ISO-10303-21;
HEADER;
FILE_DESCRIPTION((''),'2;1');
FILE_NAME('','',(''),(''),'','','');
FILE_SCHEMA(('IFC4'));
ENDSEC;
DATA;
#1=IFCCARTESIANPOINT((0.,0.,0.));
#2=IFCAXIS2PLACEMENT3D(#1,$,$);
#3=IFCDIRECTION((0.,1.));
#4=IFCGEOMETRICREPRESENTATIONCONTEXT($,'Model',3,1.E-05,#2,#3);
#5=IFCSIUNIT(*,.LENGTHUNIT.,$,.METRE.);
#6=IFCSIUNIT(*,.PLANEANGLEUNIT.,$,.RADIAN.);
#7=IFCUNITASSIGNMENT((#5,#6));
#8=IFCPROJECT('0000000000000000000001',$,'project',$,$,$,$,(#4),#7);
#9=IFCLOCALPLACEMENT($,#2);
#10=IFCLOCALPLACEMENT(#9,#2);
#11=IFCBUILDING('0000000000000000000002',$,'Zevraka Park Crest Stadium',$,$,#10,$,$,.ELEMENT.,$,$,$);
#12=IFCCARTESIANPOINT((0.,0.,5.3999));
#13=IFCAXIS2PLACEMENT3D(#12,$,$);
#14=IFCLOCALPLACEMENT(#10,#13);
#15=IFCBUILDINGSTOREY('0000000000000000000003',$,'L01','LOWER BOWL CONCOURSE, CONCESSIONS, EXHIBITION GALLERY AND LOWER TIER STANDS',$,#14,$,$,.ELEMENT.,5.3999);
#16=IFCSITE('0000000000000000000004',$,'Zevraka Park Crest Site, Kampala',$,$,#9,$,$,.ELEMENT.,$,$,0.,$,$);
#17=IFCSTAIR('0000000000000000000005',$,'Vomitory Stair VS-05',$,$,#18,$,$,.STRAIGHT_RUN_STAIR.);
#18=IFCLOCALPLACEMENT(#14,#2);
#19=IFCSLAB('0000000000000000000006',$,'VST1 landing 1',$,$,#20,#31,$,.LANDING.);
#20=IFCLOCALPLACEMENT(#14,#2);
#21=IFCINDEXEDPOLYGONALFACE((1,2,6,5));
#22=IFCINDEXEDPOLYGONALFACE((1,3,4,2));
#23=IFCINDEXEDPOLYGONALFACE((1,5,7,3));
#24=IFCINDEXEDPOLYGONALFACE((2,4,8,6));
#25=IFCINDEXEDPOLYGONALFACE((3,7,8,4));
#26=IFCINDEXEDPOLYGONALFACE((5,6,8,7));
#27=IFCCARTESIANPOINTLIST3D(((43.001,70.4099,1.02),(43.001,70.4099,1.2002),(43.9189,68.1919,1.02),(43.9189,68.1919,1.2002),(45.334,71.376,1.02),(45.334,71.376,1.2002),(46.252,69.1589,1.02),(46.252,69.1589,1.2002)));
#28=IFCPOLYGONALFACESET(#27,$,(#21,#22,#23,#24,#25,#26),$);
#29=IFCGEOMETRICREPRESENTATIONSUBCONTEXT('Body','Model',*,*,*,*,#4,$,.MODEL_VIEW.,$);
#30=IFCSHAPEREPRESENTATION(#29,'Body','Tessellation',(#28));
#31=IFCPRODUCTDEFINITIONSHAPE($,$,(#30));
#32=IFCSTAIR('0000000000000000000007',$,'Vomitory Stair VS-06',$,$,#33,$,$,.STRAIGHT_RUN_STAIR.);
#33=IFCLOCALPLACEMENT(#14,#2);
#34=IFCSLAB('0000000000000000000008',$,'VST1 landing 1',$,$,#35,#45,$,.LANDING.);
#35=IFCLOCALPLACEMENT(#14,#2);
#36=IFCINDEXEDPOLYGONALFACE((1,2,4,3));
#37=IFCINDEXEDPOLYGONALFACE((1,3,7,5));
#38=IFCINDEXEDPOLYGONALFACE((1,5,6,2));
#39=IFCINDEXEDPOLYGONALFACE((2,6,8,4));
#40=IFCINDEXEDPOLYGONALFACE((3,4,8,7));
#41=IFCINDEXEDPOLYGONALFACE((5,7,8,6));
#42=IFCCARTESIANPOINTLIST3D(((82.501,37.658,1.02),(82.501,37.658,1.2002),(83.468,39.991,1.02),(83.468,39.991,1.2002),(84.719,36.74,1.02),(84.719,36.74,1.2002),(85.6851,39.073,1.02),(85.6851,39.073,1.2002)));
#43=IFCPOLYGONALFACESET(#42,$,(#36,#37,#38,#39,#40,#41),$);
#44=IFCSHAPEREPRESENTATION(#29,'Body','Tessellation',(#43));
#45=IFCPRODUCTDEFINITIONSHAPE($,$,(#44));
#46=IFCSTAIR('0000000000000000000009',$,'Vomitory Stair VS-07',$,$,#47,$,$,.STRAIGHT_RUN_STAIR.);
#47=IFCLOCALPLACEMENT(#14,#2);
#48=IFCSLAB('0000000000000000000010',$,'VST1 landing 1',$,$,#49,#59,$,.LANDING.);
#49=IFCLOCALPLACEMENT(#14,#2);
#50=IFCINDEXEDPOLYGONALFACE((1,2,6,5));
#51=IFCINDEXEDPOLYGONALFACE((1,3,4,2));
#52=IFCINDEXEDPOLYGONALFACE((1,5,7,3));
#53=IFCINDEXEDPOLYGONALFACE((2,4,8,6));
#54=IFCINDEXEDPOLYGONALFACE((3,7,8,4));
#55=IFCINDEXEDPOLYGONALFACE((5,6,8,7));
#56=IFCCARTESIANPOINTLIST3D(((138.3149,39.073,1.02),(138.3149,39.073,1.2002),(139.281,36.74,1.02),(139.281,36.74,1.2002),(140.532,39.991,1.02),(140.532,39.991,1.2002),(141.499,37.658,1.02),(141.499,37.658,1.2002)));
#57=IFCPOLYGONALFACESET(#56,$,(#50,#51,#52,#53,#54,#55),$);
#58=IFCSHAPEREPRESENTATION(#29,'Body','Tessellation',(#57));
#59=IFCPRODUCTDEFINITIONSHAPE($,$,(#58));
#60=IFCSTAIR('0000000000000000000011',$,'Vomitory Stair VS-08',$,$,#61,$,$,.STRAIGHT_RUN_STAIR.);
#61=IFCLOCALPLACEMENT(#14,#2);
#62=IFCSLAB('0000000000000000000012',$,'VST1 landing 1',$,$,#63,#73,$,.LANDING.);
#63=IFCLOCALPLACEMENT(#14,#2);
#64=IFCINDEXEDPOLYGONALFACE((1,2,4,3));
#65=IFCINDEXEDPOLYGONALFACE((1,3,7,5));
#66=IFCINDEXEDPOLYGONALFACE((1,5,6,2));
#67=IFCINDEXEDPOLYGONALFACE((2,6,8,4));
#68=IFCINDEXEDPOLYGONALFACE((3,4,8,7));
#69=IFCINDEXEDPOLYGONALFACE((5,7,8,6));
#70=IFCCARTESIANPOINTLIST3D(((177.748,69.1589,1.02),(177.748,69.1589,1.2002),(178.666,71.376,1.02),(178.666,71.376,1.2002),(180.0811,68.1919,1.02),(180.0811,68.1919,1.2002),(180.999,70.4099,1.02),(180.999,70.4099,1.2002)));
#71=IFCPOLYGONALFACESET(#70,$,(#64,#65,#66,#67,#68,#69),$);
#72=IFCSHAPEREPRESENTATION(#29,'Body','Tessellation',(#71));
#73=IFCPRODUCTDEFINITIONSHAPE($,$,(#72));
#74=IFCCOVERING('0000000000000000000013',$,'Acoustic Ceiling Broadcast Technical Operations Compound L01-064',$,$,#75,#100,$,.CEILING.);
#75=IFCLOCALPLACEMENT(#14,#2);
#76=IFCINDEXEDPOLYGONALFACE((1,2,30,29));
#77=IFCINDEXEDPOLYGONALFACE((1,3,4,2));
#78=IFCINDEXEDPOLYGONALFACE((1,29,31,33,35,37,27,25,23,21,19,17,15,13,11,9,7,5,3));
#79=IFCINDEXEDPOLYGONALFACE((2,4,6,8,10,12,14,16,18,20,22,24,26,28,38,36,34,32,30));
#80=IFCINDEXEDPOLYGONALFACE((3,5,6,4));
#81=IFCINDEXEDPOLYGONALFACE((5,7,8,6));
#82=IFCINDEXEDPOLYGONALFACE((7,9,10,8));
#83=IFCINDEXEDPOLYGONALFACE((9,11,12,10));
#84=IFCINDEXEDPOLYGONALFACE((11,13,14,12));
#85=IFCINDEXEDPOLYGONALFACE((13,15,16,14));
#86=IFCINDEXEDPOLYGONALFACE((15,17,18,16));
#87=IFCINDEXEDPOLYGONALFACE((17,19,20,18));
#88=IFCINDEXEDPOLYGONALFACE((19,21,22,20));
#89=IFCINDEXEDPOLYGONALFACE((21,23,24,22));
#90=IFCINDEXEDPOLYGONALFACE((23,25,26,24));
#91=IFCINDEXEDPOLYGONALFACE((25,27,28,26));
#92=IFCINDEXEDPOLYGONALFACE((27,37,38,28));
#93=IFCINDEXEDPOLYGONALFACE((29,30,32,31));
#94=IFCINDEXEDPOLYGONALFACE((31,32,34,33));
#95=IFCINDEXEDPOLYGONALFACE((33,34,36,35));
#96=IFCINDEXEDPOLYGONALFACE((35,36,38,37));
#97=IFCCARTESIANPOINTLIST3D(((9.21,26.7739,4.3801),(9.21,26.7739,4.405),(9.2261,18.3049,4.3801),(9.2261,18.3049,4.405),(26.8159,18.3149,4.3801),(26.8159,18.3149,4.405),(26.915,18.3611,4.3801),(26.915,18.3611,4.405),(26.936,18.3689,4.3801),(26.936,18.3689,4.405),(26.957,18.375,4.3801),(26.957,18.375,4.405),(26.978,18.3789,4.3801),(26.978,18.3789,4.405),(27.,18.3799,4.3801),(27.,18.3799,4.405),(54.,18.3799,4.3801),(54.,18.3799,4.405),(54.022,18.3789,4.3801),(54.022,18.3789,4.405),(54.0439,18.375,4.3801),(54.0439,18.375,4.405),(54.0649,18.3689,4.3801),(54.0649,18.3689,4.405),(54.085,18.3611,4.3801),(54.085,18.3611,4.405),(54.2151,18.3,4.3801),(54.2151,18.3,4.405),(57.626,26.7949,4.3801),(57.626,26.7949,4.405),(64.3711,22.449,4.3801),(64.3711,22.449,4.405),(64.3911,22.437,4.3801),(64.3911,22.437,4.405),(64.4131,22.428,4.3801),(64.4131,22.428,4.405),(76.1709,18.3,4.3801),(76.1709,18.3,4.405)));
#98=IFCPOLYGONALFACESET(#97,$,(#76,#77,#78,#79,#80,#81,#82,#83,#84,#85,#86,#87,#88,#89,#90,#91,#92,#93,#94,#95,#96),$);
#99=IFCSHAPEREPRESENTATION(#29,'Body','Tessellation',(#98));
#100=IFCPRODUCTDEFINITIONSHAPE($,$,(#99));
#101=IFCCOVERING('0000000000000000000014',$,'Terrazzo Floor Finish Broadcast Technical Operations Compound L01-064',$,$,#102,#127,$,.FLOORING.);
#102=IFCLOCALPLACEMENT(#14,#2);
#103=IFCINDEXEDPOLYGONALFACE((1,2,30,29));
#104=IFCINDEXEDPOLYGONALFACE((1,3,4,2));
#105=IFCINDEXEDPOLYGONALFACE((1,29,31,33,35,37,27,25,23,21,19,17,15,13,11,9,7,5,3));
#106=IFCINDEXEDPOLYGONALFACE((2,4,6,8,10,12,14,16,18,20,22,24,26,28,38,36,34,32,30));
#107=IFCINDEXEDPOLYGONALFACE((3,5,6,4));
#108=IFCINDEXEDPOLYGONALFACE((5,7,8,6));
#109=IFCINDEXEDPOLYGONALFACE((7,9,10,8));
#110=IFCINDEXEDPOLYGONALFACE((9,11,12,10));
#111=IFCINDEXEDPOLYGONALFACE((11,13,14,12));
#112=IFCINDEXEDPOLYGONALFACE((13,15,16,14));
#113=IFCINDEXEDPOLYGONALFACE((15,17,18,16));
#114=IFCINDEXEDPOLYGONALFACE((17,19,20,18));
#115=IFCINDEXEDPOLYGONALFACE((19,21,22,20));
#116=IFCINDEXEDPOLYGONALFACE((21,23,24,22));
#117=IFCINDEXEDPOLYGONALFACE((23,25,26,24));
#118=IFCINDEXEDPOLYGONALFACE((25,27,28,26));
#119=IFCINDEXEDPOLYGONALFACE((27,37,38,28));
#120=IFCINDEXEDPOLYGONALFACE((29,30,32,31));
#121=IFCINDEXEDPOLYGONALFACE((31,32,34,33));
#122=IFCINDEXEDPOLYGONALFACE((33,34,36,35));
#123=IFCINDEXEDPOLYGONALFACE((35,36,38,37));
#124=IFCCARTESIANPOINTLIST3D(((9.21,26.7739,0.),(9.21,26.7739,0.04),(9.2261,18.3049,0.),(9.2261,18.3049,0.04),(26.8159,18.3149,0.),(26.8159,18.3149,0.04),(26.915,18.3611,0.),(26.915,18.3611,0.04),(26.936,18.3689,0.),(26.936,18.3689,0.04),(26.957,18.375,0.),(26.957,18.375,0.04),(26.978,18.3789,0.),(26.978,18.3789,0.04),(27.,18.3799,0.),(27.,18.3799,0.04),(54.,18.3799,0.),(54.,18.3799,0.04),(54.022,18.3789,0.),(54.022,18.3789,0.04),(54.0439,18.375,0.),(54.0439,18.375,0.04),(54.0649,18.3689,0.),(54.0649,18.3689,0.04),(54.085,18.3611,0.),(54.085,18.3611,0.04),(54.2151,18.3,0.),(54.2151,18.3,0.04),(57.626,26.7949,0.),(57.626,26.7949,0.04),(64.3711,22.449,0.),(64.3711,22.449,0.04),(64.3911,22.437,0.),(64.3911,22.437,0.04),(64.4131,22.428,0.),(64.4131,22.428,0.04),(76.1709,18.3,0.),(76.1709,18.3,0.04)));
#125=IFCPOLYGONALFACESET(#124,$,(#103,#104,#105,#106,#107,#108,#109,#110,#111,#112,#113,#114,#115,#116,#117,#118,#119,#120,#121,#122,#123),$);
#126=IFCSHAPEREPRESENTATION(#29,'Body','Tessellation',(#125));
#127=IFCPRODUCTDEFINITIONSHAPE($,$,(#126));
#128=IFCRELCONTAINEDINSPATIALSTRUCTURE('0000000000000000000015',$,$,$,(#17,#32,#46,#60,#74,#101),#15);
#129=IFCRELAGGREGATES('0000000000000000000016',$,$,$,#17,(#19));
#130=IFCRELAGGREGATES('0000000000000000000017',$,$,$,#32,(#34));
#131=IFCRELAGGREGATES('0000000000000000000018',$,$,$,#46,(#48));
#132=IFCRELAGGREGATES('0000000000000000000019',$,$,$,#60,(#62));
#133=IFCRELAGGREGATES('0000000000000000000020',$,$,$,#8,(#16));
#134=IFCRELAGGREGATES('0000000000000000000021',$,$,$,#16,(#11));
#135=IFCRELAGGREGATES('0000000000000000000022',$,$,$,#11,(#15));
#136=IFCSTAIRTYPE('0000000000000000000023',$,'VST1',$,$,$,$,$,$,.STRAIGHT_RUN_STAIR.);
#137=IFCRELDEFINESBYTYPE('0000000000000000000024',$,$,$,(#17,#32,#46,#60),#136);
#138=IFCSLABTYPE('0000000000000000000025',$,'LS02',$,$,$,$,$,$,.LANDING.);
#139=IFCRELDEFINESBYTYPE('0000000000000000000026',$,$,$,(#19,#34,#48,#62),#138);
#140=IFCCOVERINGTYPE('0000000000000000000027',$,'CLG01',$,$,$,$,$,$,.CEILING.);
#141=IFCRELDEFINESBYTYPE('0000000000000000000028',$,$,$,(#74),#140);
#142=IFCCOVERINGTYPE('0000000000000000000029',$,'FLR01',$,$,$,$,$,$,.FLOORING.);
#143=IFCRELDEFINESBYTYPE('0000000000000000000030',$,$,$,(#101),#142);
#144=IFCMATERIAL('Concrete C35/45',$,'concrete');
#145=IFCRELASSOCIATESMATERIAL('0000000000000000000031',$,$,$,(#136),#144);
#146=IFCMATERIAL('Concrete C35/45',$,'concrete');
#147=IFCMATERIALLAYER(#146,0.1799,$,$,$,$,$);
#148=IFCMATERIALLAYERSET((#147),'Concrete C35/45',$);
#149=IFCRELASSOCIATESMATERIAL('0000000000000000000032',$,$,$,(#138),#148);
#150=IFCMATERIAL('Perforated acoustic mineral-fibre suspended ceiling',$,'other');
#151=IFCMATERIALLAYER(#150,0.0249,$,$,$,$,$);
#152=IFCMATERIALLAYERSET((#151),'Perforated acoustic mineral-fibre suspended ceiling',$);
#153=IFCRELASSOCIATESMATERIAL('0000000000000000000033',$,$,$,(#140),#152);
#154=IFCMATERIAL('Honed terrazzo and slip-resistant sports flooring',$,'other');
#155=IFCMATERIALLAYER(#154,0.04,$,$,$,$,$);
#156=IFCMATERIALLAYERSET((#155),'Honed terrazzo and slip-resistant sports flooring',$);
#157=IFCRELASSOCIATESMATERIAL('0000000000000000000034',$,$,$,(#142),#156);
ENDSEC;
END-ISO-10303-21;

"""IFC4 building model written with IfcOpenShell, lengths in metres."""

from ifc_helpers import new_model, si_unit, direction, frame, origin, place, context, subcontext, project, spatial, polyline, outline, extrude, material, layer, layer_set, type_object, element, aggregate, save


model = new_model("IFC4")

# Units and contexts
model_context = context("Model", 3, precision=1e-05, world=origin(), true_north=direction((0.0, 1.0)))
body_context = subcontext(model_context, "Body", "Model", "MODEL_VIEW")
ifc_project = project(units=[si_unit("LENGTHUNIT", "METRE"), si_unit("PLANEANGLEUNIT", "RADIAN")], contexts=[model_context])

# Site, building, storey
site_placement = place(None, origin())
site = spatial("IfcSite", under=ifc_project, at=site_placement, Name="Zevraka Park Crest Site, Kampala", CompositionType="ELEMENT", RefElevation=0.0)
building_placement = place(site_placement, origin())
building = spatial("IfcBuilding", under=site, at=building_placement, Name="Zevraka Park Crest Stadium", CompositionType="ELEMENT")
storey_placement = place(building_placement, frame((0.0, 0.0, 5.3999)))
storey = spatial("IfcBuildingStorey", under=building, at=storey_placement, Name="L01", Description="LOWER BOWL CONCOURSE, CONCESSIONS, EXHIBITION GALLERY AND LOWER TIER STANDS", CompositionType="ELEMENT", Elevation=5.3999)

# Stairs, slabs
ifc_material_1 = material(Name="Concrete C35/45", Category="concrete")
stair_type = type_object("IfcStairType", Name="VST1", PredefinedType="STRAIGHT_RUN_STAIR", material=ifc_material_1)
ifc_material_2 = material(Name="Concrete C35/45", Category="concrete")
ifc_layer_1 = layer(ifc_material_2, 0.1799)
ifc_layer_set_1 = layer_set([ifc_layer_1], Name="Concrete C35/45")
slab_type = type_object("IfcSlabType", Name="LS02", PredefinedType="LANDING", material=ifc_layer_set_1)
stair_1_placement = place(storey_placement, origin())
stair_1 = element("IfcStair", 1, at=stair_1_placement, inside=storey, type_object=stair_type, Name="Vomitory Stair VS-05", PredefinedType="STRAIGHT_RUN_STAIR")
slab_1_placement = place(storey_placement, frame((0.0, 0.0, 1.02)))
slab_1 = element("IfcSlab", 2, at=slab_1_placement, type_object=slab_type, Name="VST1 landing 1", PredefinedType="LANDING", context=body_context, shape_type="SweptSolid", body=[
    extrude(outline(polyline([(43.9189, 68.1919), (46.252, 69.1589), (45.334, 71.376), (43.001, 70.4099), (43.9189, 68.1919)])), origin(), (0.0, 0.0, 1.0), 0.1802),
])
aggregate(stair_1, [slab_1])
stair_2_placement = place(storey_placement, origin())
stair_2 = element("IfcStair", 3, at=stair_2_placement, inside=storey, type_object=stair_type, Name="Vomitory Stair VS-06", PredefinedType="STRAIGHT_RUN_STAIR")
slab_2_placement = place(storey_placement, frame((0.0, 0.0, 1.02)))
slab_2 = element("IfcSlab", 4, at=slab_2_placement, type_object=slab_type, Name="VST1 landing 1", PredefinedType="LANDING", context=body_context, shape_type="SweptSolid", body=[
    extrude(outline(polyline([(84.719, 36.74), (85.6851, 39.073), (83.468, 39.991), (82.501, 37.658), (84.719, 36.74)])), origin(), (0.0, 0.0, 1.0), 0.1802),
])
aggregate(stair_2, [slab_2])
stair_3_placement = place(storey_placement, origin())
stair_3 = element("IfcStair", 5, at=stair_3_placement, inside=storey, type_object=stair_type, Name="Vomitory Stair VS-07", PredefinedType="STRAIGHT_RUN_STAIR")
slab_3_placement = place(storey_placement, frame((0.0, 0.0, 1.02)))
slab_3 = element("IfcSlab", 6, at=slab_3_placement, type_object=slab_type, Name="VST1 landing 1", PredefinedType="LANDING", context=body_context, shape_type="SweptSolid", body=[
    extrude(outline(polyline([(141.499, 37.658), (140.532, 39.991), (138.3149, 39.073), (139.281, 36.74), (141.499, 37.658)])), origin(), (0.0, 0.0, 1.0), 0.1802),
])
aggregate(stair_3, [slab_3])
stair_4_placement = place(storey_placement, origin())
stair_4 = element("IfcStair", 7, at=stair_4_placement, inside=storey, type_object=stair_type, Name="Vomitory Stair VS-08", PredefinedType="STRAIGHT_RUN_STAIR")
slab_4_placement = place(storey_placement, frame((0.0, 0.0, 1.02)))
slab_4 = element("IfcSlab", 8, at=slab_4_placement, type_object=slab_type, Name="VST1 landing 1", PredefinedType="LANDING", context=body_context, shape_type="SweptSolid", body=[
    extrude(outline(polyline([(180.999, 70.4099), (178.666, 71.376), (177.748, 69.1589), (180.0811, 68.1919), (180.999, 70.4099)])), origin(), (0.0, 0.0, 1.0), 0.1802),
])
aggregate(stair_4, [slab_4])

# Coverings
ifc_material_3 = material(Name="Perforated acoustic mineral-fibre suspended ceiling", Category="other")
ifc_layer_2 = layer(ifc_material_3, 0.0249)
ifc_layer_set_2 = layer_set([ifc_layer_2], Name="Perforated acoustic mineral-fibre suspended ceiling")
covering_type_1 = type_object("IfcCoveringType", Name="CLG01", PredefinedType="CEILING", material=ifc_layer_set_2)
covering_1_placement = place(storey_placement, frame((0.0, 0.0, 4.3801)))
element("IfcCovering", 9, at=covering_1_placement, inside=storey, type_object=covering_type_1, Name="Acoustic Ceiling Broadcast Technical Operations Compound L01-064", PredefinedType="CEILING", context=body_context, shape_type="SweptSolid", body=[
    extrude(outline(polyline([(26.8159, 18.3149), (9.2261, 18.3049), (9.21, 26.7739), (57.626, 26.7949), (64.3711, 22.449), (64.3911, 22.437), (64.4131, 22.428), (76.1709, 18.3), (54.2151, 18.3), (54.085, 18.3611), (54.0649, 18.3689), (54.0439, 18.375), (54.022, 18.3789), (54.0, 18.3799), (27.0, 18.3799), (26.978, 18.3789), (26.957, 18.375), (26.936, 18.3689), (26.915, 18.3611), (26.8159, 18.3149)])), origin(), (0.0, 0.0, 1.0), 0.0249),
])
ifc_material_4 = material(Name="Honed terrazzo and slip-resistant sports flooring", Category="other")
ifc_layer_3 = layer(ifc_material_4, 0.04)
ifc_layer_set_3 = layer_set([ifc_layer_3], Name="Honed terrazzo and slip-resistant sports flooring")
covering_type_2 = type_object("IfcCoveringType", Name="FLR01", PredefinedType="FLOORING", material=ifc_layer_set_3)
covering_2_placement = place(storey_placement, origin())
element("IfcCovering", 10, at=covering_2_placement, inside=storey, type_object=covering_type_2, Name="Terrazzo Floor Finish Broadcast Technical Operations Compound L01-064", PredefinedType="FLOORING", context=body_context, shape_type="SweptSolid", body=[
    extrude(outline(polyline([(26.8159, 18.3149), (9.2261, 18.3049), (9.21, 26.7739), (57.626, 26.7949), (64.3711, 22.449), (64.3911, 22.437), (64.4131, 22.428), (76.1709, 18.3), (54.2151, 18.3), (54.085, 18.3611), (54.0649, 18.3689), (54.0439, 18.375), (54.022, 18.3789), (54.0, 18.3799), (27.0, 18.3799), (26.978, 18.3789), (26.957, 18.375), (26.936, 18.3689), (26.915, 18.3611), (26.8159, 18.3149)])), origin(), (0.0, 0.0, 1.0), 0.04),
])

save(model, "model.ifc")
